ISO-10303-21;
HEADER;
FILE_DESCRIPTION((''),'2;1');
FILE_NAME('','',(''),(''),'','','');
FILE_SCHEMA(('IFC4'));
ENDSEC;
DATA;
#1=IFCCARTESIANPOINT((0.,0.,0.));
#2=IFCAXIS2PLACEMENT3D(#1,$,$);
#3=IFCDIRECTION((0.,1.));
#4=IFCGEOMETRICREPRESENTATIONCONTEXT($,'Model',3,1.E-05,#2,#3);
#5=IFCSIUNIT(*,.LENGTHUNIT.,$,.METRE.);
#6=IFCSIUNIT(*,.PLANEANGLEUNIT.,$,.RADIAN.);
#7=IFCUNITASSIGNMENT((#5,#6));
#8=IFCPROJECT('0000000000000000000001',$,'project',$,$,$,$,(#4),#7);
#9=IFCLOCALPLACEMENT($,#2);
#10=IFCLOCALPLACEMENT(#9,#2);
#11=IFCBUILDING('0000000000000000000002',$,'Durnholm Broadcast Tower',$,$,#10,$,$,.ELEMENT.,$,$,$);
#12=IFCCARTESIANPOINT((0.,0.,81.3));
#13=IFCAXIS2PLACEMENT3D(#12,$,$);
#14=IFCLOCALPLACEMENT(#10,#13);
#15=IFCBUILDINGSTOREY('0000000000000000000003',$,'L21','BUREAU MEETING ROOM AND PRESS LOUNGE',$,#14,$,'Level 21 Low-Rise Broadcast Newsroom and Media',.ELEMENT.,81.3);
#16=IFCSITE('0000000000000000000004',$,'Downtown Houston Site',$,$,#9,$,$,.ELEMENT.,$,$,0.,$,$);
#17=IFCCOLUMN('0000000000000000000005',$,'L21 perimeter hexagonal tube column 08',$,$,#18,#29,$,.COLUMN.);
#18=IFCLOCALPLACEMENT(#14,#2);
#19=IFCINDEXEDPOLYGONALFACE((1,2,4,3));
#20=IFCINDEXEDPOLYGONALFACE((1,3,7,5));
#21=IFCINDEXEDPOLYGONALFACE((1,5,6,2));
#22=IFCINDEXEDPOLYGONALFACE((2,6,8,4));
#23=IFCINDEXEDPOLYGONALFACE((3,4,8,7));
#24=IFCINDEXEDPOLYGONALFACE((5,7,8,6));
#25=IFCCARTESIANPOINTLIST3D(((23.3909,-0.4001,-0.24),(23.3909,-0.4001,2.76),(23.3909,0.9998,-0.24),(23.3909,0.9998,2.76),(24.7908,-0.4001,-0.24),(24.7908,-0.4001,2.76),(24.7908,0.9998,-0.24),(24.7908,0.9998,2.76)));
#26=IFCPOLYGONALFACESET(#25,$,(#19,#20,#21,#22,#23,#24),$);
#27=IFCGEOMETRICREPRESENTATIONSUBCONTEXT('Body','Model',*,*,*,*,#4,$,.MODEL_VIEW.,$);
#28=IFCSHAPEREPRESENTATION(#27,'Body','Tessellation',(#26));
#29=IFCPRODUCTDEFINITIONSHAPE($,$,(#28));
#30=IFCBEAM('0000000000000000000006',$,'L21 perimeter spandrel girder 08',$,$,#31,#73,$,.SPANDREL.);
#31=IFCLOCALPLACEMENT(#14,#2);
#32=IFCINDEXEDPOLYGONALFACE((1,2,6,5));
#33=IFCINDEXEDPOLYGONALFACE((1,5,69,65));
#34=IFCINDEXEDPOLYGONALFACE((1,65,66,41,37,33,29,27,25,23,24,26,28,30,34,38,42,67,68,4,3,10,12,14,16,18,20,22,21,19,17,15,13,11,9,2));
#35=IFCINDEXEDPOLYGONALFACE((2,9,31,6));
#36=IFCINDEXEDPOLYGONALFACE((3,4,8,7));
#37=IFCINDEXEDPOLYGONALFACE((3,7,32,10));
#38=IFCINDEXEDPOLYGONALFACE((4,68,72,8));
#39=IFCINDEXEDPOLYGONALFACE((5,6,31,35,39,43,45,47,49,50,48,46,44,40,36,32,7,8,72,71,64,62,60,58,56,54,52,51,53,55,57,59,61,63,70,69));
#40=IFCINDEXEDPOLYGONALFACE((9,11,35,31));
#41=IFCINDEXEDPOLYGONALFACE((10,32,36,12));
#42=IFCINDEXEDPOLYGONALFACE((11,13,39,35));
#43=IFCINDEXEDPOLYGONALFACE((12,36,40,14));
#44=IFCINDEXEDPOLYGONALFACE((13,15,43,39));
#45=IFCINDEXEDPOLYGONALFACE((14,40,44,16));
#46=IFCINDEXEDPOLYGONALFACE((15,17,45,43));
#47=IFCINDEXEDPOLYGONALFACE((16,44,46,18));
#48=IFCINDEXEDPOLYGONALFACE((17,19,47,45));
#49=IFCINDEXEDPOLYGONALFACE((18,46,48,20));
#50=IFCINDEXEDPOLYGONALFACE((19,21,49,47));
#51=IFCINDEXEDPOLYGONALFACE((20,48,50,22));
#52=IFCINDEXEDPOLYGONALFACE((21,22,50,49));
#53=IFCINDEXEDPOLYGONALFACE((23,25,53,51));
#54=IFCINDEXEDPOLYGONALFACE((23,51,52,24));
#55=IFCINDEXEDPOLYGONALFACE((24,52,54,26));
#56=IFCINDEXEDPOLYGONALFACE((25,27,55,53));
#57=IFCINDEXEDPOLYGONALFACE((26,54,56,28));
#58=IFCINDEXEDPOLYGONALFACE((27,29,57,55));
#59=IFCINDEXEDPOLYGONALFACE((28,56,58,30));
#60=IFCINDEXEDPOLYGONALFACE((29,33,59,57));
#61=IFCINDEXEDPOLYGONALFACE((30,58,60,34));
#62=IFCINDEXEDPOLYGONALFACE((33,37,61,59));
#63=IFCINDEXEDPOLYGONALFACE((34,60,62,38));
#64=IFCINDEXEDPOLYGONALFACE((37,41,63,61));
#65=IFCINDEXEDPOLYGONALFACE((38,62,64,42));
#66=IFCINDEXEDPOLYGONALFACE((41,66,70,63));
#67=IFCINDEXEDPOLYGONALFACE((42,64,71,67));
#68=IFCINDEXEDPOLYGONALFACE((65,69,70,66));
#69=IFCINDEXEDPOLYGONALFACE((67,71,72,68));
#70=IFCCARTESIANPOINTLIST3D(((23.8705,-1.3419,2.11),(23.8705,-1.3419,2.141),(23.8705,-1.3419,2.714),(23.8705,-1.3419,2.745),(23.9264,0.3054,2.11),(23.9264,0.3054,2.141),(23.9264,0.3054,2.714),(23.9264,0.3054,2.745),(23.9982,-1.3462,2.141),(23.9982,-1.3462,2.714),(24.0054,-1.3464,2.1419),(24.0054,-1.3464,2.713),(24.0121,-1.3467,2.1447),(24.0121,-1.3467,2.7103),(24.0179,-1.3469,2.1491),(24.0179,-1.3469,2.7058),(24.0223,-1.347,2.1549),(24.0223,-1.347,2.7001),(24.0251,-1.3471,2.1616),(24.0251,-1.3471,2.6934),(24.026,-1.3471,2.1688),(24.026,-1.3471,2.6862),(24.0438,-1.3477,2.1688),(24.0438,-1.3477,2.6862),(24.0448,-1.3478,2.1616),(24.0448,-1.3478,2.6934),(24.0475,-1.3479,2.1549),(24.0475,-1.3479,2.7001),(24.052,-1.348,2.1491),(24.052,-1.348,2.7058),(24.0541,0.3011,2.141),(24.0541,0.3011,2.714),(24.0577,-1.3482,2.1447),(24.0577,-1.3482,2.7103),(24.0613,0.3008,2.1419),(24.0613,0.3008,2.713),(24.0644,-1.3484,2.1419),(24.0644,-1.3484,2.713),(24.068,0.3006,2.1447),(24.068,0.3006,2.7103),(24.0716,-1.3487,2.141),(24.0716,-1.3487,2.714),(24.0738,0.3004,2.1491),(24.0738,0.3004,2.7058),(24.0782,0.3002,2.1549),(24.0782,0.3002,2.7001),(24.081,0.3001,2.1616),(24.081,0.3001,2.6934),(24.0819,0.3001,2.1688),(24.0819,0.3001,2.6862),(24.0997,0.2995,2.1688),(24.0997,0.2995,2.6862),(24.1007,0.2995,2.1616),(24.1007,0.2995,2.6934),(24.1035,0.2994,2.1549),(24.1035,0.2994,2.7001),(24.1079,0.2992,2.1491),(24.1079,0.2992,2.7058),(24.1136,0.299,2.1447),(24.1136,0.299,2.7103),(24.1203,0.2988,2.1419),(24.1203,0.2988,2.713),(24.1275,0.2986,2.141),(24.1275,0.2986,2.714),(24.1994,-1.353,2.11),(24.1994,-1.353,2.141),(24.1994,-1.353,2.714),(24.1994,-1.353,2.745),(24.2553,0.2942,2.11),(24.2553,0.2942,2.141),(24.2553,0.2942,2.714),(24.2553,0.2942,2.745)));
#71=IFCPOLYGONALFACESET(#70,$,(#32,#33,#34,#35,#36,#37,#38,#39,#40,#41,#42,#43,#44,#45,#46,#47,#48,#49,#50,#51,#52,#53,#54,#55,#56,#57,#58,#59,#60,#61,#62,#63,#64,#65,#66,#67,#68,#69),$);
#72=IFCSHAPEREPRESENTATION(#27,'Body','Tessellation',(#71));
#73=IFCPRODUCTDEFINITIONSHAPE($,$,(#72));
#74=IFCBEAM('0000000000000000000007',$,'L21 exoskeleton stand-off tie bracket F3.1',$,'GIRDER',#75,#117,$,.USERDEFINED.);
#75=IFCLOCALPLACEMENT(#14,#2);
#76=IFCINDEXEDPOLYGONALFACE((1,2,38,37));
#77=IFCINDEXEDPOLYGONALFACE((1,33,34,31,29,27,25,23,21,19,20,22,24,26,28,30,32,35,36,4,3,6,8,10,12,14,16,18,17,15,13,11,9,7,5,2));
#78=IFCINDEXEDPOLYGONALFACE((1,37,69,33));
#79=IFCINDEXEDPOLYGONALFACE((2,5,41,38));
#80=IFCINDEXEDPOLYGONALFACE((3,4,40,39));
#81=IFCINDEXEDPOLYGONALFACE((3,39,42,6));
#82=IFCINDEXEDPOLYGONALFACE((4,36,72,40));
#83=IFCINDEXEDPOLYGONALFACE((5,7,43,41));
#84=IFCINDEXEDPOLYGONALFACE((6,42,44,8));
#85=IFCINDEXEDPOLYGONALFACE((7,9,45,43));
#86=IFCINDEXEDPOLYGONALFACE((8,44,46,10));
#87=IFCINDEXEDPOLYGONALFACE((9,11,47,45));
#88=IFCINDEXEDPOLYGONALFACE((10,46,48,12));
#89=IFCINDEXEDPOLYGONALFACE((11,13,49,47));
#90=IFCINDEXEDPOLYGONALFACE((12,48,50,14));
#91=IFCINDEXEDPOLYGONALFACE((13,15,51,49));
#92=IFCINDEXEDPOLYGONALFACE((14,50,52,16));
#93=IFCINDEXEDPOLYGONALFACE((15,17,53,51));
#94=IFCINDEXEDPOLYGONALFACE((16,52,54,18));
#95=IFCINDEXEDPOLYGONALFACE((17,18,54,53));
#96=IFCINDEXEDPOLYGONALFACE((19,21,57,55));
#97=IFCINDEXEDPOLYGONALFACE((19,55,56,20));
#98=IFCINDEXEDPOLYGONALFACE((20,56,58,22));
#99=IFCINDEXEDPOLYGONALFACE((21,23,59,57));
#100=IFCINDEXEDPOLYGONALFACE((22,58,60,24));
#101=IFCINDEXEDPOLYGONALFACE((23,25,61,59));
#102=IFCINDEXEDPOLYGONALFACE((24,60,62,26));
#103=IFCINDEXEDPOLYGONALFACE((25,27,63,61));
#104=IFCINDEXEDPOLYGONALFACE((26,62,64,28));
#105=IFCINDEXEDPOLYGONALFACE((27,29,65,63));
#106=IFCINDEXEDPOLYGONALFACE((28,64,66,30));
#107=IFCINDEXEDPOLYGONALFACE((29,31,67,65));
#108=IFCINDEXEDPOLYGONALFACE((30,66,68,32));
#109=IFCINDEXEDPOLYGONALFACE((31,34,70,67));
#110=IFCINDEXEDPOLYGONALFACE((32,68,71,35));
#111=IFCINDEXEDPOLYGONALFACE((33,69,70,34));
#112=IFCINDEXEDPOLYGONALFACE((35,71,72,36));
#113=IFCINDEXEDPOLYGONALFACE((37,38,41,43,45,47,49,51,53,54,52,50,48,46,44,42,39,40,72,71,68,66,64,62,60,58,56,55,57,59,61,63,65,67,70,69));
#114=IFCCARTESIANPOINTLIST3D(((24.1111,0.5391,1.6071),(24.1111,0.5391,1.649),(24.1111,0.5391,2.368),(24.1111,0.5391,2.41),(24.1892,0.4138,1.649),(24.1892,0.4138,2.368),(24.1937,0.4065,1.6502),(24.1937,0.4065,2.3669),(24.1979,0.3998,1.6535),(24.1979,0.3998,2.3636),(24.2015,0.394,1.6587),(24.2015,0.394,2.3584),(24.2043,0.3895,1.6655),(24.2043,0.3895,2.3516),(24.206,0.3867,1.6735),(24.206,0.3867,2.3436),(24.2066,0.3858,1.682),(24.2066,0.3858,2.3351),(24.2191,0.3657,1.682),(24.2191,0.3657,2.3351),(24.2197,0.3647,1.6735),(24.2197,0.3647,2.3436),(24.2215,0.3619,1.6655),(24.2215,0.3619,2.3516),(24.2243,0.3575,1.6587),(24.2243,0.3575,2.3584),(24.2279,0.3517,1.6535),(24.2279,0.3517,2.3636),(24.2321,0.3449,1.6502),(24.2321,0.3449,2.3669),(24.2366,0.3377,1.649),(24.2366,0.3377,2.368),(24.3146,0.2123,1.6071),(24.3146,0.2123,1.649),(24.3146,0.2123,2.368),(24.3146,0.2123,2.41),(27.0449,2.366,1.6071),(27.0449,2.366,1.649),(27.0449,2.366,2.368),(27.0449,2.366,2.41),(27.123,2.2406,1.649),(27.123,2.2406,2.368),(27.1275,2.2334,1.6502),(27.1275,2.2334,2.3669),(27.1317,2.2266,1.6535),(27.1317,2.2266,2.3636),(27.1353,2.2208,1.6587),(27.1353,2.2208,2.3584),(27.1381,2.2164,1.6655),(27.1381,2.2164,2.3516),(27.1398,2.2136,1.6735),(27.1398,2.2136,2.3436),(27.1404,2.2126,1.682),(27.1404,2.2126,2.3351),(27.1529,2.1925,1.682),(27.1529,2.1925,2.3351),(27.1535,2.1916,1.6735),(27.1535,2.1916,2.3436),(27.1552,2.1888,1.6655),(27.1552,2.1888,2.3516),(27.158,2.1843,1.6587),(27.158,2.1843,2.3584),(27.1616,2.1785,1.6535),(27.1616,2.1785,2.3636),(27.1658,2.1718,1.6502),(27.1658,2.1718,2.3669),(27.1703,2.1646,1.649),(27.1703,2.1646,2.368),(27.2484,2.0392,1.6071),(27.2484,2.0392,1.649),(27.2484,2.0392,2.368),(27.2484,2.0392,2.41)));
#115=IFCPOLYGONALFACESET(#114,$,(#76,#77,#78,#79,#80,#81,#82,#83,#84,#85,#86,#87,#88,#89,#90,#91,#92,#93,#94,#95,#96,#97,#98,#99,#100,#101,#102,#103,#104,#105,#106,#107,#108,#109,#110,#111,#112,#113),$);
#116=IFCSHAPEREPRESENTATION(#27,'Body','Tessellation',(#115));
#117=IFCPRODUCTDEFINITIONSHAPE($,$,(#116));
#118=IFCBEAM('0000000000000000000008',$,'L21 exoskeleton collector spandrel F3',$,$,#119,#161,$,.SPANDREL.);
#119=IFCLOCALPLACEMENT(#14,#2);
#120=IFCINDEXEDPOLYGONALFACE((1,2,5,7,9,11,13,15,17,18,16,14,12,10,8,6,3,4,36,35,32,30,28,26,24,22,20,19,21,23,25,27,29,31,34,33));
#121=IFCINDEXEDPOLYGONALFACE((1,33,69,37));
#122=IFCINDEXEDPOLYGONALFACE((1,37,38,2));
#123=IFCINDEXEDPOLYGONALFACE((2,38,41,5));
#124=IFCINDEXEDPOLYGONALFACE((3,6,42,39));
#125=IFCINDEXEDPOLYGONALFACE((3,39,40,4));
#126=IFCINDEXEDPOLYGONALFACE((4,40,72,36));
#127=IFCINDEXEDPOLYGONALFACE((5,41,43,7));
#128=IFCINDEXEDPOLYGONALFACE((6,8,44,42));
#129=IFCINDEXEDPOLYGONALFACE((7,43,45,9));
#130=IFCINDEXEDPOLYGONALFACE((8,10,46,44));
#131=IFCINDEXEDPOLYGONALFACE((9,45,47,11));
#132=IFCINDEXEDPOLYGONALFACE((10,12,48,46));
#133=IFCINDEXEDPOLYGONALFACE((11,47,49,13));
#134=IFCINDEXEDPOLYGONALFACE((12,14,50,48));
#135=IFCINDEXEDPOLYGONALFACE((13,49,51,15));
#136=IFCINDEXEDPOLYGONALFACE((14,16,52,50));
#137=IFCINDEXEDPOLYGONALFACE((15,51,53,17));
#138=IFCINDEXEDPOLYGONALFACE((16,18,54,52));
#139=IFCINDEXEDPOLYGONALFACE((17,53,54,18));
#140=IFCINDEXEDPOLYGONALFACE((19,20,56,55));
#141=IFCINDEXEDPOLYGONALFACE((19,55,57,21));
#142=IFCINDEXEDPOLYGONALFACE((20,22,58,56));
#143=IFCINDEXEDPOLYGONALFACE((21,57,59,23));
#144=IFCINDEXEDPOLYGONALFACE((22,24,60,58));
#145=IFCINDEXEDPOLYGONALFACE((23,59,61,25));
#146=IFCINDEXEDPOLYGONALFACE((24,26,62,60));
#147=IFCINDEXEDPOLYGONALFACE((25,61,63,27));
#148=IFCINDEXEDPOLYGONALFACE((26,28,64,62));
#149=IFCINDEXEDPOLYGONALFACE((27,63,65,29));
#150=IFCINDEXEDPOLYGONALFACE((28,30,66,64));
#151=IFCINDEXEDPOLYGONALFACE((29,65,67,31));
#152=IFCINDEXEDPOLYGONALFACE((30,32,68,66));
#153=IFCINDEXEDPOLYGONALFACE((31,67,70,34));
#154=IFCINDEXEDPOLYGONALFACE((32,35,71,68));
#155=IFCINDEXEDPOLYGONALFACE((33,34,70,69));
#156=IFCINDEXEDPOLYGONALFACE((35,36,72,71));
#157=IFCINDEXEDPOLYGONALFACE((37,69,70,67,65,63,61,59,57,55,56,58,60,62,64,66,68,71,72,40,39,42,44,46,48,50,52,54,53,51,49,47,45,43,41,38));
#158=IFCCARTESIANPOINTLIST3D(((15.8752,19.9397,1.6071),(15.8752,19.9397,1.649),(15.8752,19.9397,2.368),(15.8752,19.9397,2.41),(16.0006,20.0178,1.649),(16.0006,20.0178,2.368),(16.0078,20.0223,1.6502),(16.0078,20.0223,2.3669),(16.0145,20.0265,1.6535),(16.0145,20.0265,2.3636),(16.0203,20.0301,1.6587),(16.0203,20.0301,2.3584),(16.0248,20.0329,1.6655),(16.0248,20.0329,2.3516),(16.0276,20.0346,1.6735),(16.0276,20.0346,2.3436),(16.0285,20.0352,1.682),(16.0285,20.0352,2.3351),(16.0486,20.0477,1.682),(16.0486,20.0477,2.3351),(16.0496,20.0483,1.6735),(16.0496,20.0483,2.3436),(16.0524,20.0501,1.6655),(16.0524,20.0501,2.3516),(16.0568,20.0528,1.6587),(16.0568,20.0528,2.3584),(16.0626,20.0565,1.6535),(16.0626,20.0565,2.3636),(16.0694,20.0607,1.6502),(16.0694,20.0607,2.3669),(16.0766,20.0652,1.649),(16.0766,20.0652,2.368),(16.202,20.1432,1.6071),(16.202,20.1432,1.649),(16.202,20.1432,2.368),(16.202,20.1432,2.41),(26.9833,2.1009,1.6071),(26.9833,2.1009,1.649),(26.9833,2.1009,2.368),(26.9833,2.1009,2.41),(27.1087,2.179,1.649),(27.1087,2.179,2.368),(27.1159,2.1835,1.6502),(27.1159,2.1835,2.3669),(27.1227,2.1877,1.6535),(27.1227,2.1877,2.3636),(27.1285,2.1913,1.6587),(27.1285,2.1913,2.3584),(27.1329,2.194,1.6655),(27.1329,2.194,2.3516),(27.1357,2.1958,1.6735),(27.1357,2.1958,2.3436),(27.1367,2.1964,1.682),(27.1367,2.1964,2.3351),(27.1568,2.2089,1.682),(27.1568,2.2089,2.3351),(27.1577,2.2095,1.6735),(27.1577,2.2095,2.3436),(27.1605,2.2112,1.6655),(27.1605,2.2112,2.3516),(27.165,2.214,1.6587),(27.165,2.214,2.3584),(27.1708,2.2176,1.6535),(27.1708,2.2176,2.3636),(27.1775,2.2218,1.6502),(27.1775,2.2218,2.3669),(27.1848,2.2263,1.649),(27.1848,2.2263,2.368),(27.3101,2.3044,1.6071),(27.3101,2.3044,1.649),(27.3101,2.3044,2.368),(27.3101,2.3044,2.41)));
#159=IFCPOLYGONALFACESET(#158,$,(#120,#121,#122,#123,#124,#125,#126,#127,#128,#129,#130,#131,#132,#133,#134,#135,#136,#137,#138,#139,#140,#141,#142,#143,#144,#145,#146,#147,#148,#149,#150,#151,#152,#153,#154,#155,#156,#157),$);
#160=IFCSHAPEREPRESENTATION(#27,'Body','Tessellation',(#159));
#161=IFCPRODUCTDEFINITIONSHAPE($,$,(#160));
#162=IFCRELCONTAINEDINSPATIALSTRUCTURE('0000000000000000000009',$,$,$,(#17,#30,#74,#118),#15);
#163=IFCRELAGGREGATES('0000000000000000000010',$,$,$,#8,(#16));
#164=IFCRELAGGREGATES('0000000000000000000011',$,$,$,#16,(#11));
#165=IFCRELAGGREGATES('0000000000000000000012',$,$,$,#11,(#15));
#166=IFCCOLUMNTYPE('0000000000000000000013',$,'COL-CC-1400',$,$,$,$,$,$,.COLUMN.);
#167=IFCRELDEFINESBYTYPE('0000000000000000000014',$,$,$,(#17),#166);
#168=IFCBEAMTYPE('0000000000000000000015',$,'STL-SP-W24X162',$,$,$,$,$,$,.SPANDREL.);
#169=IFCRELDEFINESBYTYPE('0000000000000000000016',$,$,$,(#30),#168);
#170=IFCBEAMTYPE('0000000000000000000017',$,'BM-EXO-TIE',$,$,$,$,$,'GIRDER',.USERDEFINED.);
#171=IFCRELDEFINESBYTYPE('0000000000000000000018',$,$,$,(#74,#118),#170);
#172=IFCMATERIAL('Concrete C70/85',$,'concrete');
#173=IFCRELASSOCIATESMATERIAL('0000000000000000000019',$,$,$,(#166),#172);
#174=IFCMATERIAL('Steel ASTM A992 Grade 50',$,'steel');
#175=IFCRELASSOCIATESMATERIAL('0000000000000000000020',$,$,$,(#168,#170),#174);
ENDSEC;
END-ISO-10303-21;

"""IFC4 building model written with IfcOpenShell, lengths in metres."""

from ifc_helpers import new_model, si_unit, direction, frame, origin, origin_2d, place, context, subcontext, project, spatial, rectangle, i_section, extrude, source, transform, mapped, material, material_profile, profile_set, type_object, type_shapes, element, save


model = new_model("IFC4")

# Units and contexts
model_context = context("Model", 3, precision=1e-05, world=origin(), true_north=direction((0.0, 1.0)))
body_context = subcontext(model_context, "Body", "Model", "MODEL_VIEW")
ifc_project = project(units=[si_unit("LENGTHUNIT", "METRE"), si_unit("PLANEANGLEUNIT", "RADIAN")], contexts=[model_context])

# Site, building, storey
site_placement = place(None, origin())
site = spatial("IfcSite", under=ifc_project, at=site_placement, Name="Downtown Houston Site", CompositionType="ELEMENT", RefElevation=0.0)
building_placement = place(site_placement, origin())
building = spatial("IfcBuilding", under=site, at=building_placement, Name="Durnholm Broadcast Tower", CompositionType="ELEMENT")
storey_placement = place(building_placement, frame((0.0, 0.0, 81.3)))
storey = spatial("IfcBuildingStorey", under=building, at=storey_placement, Name="L21", Description="BUREAU MEETING ROOM AND PRESS LOUNGE", LongName="Level 21 Low-Rise Broadcast Newsroom and Media", CompositionType="ELEMENT", Elevation=81.3)

# Column
ifc_material_1 = material(Name="Concrete C70/85", Category="concrete")
ifc_material_profile_1 = material_profile(ifc_material_1, rectangle(XDim=1.3999, YDim=1.3999, at=origin_2d()), Name="RC1400X1400")
ifc_profile_set_1 = profile_set([ifc_material_profile_1], Name="Concrete C70/85")
column_type = type_object("IfcColumnType", Name="COL-CC-1400", PredefinedType="COLUMN", material=ifc_profile_set_1)
shared_shape_1 = source(origin(), body_context, "Body", "SweptSolid", [
    extrude(rectangle(XDim=1.3999, YDim=1.3999, at=origin_2d()), origin(), (0.0, 0.0, 1.0), 3.0),
])
type_shapes(column_type, [shared_shape_1])
column_placement = place(storey_placement, frame((24.0908, 0.2998, -0.24), z_axis=(0.0, 0.0, 1.0), x_axis=(1.0, 0.0, 0.0)))
element("IfcColumn", 1, at=column_placement, inside=storey, type_object=column_type, Name="L21 perimeter hexagonal tube column 08", PredefinedType="COLUMN", context=body_context, shape_type="MappedRepresentation", body=[
    mapped(shared_shape_1, transform((0.0, 0.0, 0.0), x_axis=(1.0, 0.0, 0.0), y_axis=(0.0, 1.0, 0.0), z_axis=(0.0, 0.0, 1.0), scale=1.0)),
])

# Beams
ifc_material_2 = material(Name="Steel ASTM A992 Grade 50", Category="steel")
ifc_material_profile_2 = material_profile(ifc_material_2, i_section(OverallWidth=0.3291, OverallDepth=0.635, WebThickness=0.0178, FlangeThickness=0.031, FilletRadius=0.0278, at=origin_2d()), Name="W24X162")
ifc_profile_set_2 = profile_set([ifc_material_profile_2], Name="Steel ASTM A992 Grade 50")
beam_type_1 = type_object("IfcBeamType", Name="STL-SP-W24X162", PredefinedType="SPANDREL", material=ifc_profile_set_2)
shared_shape_2 = source(origin(), body_context, "Body", "SweptSolid", [
    extrude(i_section(OverallWidth=0.3291, OverallDepth=0.635, WebThickness=0.0178, FlangeThickness=0.031, FilletRadius=0.0278, at=origin_2d()), origin(), (0.0, 0.0, 1.0), 1.6482),
])
type_shapes(beam_type_1, [shared_shape_2])
beam_1_placement = place(storey_placement, frame((24.0908, 0.2998, 2.4275), z_axis=(-0.033921, -0.999425, 0.0), x_axis=(0.999425, -0.033921, 0.0)))
element("IfcBeam", 2, at=beam_1_placement, inside=storey, type_object=beam_type_1, Name="L21 perimeter spandrel girder 08", PredefinedType="SPANDREL", context=body_context, shape_type="MappedRepresentation", body=[
    mapped(shared_shape_2, transform((0.0, 0.0, 0.0), x_axis=(1.0, 0.0, 0.0), y_axis=(0.0, 1.0, 0.0), z_axis=(0.0, 0.0, 1.0), scale=1.0)),
])
ifc_material_profile_3 = material_profile(ifc_material_2, i_section(OverallWidth=0.385, OverallDepth=0.803, WebThickness=0.0237, FlangeThickness=0.042, FilletRadius=0.033, at=origin_2d()), Name="W30X261")
ifc_profile_set_3 = profile_set([ifc_material_profile_3], Name="Steel ASTM A992 Grade 50")
beam_type_2 = type_object("IfcBeamType", Name="BM-EXO-TIE", ElementType="GIRDER", PredefinedType="USERDEFINED", material=ifc_profile_set_3)
shared_shape_3 = source(origin(), body_context, "Body", "SweptSolid", [
    extrude(i_section(OverallWidth=0.385, OverallDepth=0.803, WebThickness=0.0237, FlangeThickness=0.042, FilletRadius=0.033, at=origin_2d()), origin(), (0.0, 0.0, 1.0), 3.4561),
])
beam_2_placement = place(storey_placement, frame((24.2129, 0.3757, 2.0085), z_axis=(0.848874, 0.528595, 0.0), x_axis=(-0.528595, 0.848874, 0.0)))
element("IfcBeam", 3, at=beam_2_placement, inside=storey, type_object=beam_type_2, Name="L21 exoskeleton stand-off tie bracket F3.1", ObjectType="GIRDER", PredefinedType="USERDEFINED", context=body_context, shape_type="MappedRepresentation", body=[
    mapped(shared_shape_3, transform((0.0, 0.0, 0.0), x_axis=(1.0, 0.0, 0.0), y_axis=(0.0, 1.0, 0.0), z_axis=(0.0, 0.0, 1.0), scale=1.0)),
])
shared_shape_4 = source(origin(), body_context, "Body", "SweptSolid", [
    extrude(i_section(OverallWidth=0.385, OverallDepth=0.803, WebThickness=0.0237, FlangeThickness=0.042, FilletRadius=0.033, at=origin_2d()), origin(), (0.0, 0.0, 1.0), 21.0146),
])
type_shapes(beam_type_2, [shared_shape_3, shared_shape_4])
beam_3_placement = place(storey_placement, frame((27.1467, 2.2026, 2.0085), z_axis=(-0.528591, 0.848877, 0.0), x_axis=(-0.848877, -0.528591, 0.0)))
element("IfcBeam", 4, at=beam_3_placement, inside=storey, type_object=beam_type_2, Name="L21 exoskeleton collector spandrel F3", PredefinedType="SPANDREL", context=body_context, shape_type="MappedRepresentation", body=[
    mapped(shared_shape_4, transform((0.0, 0.0, 0.0), x_axis=(1.0, 0.0, 0.0), y_axis=(0.0, 1.0, 0.0), z_axis=(0.0, 0.0, 1.0), scale=1.0)),
])

save(model, "model.ifc")
